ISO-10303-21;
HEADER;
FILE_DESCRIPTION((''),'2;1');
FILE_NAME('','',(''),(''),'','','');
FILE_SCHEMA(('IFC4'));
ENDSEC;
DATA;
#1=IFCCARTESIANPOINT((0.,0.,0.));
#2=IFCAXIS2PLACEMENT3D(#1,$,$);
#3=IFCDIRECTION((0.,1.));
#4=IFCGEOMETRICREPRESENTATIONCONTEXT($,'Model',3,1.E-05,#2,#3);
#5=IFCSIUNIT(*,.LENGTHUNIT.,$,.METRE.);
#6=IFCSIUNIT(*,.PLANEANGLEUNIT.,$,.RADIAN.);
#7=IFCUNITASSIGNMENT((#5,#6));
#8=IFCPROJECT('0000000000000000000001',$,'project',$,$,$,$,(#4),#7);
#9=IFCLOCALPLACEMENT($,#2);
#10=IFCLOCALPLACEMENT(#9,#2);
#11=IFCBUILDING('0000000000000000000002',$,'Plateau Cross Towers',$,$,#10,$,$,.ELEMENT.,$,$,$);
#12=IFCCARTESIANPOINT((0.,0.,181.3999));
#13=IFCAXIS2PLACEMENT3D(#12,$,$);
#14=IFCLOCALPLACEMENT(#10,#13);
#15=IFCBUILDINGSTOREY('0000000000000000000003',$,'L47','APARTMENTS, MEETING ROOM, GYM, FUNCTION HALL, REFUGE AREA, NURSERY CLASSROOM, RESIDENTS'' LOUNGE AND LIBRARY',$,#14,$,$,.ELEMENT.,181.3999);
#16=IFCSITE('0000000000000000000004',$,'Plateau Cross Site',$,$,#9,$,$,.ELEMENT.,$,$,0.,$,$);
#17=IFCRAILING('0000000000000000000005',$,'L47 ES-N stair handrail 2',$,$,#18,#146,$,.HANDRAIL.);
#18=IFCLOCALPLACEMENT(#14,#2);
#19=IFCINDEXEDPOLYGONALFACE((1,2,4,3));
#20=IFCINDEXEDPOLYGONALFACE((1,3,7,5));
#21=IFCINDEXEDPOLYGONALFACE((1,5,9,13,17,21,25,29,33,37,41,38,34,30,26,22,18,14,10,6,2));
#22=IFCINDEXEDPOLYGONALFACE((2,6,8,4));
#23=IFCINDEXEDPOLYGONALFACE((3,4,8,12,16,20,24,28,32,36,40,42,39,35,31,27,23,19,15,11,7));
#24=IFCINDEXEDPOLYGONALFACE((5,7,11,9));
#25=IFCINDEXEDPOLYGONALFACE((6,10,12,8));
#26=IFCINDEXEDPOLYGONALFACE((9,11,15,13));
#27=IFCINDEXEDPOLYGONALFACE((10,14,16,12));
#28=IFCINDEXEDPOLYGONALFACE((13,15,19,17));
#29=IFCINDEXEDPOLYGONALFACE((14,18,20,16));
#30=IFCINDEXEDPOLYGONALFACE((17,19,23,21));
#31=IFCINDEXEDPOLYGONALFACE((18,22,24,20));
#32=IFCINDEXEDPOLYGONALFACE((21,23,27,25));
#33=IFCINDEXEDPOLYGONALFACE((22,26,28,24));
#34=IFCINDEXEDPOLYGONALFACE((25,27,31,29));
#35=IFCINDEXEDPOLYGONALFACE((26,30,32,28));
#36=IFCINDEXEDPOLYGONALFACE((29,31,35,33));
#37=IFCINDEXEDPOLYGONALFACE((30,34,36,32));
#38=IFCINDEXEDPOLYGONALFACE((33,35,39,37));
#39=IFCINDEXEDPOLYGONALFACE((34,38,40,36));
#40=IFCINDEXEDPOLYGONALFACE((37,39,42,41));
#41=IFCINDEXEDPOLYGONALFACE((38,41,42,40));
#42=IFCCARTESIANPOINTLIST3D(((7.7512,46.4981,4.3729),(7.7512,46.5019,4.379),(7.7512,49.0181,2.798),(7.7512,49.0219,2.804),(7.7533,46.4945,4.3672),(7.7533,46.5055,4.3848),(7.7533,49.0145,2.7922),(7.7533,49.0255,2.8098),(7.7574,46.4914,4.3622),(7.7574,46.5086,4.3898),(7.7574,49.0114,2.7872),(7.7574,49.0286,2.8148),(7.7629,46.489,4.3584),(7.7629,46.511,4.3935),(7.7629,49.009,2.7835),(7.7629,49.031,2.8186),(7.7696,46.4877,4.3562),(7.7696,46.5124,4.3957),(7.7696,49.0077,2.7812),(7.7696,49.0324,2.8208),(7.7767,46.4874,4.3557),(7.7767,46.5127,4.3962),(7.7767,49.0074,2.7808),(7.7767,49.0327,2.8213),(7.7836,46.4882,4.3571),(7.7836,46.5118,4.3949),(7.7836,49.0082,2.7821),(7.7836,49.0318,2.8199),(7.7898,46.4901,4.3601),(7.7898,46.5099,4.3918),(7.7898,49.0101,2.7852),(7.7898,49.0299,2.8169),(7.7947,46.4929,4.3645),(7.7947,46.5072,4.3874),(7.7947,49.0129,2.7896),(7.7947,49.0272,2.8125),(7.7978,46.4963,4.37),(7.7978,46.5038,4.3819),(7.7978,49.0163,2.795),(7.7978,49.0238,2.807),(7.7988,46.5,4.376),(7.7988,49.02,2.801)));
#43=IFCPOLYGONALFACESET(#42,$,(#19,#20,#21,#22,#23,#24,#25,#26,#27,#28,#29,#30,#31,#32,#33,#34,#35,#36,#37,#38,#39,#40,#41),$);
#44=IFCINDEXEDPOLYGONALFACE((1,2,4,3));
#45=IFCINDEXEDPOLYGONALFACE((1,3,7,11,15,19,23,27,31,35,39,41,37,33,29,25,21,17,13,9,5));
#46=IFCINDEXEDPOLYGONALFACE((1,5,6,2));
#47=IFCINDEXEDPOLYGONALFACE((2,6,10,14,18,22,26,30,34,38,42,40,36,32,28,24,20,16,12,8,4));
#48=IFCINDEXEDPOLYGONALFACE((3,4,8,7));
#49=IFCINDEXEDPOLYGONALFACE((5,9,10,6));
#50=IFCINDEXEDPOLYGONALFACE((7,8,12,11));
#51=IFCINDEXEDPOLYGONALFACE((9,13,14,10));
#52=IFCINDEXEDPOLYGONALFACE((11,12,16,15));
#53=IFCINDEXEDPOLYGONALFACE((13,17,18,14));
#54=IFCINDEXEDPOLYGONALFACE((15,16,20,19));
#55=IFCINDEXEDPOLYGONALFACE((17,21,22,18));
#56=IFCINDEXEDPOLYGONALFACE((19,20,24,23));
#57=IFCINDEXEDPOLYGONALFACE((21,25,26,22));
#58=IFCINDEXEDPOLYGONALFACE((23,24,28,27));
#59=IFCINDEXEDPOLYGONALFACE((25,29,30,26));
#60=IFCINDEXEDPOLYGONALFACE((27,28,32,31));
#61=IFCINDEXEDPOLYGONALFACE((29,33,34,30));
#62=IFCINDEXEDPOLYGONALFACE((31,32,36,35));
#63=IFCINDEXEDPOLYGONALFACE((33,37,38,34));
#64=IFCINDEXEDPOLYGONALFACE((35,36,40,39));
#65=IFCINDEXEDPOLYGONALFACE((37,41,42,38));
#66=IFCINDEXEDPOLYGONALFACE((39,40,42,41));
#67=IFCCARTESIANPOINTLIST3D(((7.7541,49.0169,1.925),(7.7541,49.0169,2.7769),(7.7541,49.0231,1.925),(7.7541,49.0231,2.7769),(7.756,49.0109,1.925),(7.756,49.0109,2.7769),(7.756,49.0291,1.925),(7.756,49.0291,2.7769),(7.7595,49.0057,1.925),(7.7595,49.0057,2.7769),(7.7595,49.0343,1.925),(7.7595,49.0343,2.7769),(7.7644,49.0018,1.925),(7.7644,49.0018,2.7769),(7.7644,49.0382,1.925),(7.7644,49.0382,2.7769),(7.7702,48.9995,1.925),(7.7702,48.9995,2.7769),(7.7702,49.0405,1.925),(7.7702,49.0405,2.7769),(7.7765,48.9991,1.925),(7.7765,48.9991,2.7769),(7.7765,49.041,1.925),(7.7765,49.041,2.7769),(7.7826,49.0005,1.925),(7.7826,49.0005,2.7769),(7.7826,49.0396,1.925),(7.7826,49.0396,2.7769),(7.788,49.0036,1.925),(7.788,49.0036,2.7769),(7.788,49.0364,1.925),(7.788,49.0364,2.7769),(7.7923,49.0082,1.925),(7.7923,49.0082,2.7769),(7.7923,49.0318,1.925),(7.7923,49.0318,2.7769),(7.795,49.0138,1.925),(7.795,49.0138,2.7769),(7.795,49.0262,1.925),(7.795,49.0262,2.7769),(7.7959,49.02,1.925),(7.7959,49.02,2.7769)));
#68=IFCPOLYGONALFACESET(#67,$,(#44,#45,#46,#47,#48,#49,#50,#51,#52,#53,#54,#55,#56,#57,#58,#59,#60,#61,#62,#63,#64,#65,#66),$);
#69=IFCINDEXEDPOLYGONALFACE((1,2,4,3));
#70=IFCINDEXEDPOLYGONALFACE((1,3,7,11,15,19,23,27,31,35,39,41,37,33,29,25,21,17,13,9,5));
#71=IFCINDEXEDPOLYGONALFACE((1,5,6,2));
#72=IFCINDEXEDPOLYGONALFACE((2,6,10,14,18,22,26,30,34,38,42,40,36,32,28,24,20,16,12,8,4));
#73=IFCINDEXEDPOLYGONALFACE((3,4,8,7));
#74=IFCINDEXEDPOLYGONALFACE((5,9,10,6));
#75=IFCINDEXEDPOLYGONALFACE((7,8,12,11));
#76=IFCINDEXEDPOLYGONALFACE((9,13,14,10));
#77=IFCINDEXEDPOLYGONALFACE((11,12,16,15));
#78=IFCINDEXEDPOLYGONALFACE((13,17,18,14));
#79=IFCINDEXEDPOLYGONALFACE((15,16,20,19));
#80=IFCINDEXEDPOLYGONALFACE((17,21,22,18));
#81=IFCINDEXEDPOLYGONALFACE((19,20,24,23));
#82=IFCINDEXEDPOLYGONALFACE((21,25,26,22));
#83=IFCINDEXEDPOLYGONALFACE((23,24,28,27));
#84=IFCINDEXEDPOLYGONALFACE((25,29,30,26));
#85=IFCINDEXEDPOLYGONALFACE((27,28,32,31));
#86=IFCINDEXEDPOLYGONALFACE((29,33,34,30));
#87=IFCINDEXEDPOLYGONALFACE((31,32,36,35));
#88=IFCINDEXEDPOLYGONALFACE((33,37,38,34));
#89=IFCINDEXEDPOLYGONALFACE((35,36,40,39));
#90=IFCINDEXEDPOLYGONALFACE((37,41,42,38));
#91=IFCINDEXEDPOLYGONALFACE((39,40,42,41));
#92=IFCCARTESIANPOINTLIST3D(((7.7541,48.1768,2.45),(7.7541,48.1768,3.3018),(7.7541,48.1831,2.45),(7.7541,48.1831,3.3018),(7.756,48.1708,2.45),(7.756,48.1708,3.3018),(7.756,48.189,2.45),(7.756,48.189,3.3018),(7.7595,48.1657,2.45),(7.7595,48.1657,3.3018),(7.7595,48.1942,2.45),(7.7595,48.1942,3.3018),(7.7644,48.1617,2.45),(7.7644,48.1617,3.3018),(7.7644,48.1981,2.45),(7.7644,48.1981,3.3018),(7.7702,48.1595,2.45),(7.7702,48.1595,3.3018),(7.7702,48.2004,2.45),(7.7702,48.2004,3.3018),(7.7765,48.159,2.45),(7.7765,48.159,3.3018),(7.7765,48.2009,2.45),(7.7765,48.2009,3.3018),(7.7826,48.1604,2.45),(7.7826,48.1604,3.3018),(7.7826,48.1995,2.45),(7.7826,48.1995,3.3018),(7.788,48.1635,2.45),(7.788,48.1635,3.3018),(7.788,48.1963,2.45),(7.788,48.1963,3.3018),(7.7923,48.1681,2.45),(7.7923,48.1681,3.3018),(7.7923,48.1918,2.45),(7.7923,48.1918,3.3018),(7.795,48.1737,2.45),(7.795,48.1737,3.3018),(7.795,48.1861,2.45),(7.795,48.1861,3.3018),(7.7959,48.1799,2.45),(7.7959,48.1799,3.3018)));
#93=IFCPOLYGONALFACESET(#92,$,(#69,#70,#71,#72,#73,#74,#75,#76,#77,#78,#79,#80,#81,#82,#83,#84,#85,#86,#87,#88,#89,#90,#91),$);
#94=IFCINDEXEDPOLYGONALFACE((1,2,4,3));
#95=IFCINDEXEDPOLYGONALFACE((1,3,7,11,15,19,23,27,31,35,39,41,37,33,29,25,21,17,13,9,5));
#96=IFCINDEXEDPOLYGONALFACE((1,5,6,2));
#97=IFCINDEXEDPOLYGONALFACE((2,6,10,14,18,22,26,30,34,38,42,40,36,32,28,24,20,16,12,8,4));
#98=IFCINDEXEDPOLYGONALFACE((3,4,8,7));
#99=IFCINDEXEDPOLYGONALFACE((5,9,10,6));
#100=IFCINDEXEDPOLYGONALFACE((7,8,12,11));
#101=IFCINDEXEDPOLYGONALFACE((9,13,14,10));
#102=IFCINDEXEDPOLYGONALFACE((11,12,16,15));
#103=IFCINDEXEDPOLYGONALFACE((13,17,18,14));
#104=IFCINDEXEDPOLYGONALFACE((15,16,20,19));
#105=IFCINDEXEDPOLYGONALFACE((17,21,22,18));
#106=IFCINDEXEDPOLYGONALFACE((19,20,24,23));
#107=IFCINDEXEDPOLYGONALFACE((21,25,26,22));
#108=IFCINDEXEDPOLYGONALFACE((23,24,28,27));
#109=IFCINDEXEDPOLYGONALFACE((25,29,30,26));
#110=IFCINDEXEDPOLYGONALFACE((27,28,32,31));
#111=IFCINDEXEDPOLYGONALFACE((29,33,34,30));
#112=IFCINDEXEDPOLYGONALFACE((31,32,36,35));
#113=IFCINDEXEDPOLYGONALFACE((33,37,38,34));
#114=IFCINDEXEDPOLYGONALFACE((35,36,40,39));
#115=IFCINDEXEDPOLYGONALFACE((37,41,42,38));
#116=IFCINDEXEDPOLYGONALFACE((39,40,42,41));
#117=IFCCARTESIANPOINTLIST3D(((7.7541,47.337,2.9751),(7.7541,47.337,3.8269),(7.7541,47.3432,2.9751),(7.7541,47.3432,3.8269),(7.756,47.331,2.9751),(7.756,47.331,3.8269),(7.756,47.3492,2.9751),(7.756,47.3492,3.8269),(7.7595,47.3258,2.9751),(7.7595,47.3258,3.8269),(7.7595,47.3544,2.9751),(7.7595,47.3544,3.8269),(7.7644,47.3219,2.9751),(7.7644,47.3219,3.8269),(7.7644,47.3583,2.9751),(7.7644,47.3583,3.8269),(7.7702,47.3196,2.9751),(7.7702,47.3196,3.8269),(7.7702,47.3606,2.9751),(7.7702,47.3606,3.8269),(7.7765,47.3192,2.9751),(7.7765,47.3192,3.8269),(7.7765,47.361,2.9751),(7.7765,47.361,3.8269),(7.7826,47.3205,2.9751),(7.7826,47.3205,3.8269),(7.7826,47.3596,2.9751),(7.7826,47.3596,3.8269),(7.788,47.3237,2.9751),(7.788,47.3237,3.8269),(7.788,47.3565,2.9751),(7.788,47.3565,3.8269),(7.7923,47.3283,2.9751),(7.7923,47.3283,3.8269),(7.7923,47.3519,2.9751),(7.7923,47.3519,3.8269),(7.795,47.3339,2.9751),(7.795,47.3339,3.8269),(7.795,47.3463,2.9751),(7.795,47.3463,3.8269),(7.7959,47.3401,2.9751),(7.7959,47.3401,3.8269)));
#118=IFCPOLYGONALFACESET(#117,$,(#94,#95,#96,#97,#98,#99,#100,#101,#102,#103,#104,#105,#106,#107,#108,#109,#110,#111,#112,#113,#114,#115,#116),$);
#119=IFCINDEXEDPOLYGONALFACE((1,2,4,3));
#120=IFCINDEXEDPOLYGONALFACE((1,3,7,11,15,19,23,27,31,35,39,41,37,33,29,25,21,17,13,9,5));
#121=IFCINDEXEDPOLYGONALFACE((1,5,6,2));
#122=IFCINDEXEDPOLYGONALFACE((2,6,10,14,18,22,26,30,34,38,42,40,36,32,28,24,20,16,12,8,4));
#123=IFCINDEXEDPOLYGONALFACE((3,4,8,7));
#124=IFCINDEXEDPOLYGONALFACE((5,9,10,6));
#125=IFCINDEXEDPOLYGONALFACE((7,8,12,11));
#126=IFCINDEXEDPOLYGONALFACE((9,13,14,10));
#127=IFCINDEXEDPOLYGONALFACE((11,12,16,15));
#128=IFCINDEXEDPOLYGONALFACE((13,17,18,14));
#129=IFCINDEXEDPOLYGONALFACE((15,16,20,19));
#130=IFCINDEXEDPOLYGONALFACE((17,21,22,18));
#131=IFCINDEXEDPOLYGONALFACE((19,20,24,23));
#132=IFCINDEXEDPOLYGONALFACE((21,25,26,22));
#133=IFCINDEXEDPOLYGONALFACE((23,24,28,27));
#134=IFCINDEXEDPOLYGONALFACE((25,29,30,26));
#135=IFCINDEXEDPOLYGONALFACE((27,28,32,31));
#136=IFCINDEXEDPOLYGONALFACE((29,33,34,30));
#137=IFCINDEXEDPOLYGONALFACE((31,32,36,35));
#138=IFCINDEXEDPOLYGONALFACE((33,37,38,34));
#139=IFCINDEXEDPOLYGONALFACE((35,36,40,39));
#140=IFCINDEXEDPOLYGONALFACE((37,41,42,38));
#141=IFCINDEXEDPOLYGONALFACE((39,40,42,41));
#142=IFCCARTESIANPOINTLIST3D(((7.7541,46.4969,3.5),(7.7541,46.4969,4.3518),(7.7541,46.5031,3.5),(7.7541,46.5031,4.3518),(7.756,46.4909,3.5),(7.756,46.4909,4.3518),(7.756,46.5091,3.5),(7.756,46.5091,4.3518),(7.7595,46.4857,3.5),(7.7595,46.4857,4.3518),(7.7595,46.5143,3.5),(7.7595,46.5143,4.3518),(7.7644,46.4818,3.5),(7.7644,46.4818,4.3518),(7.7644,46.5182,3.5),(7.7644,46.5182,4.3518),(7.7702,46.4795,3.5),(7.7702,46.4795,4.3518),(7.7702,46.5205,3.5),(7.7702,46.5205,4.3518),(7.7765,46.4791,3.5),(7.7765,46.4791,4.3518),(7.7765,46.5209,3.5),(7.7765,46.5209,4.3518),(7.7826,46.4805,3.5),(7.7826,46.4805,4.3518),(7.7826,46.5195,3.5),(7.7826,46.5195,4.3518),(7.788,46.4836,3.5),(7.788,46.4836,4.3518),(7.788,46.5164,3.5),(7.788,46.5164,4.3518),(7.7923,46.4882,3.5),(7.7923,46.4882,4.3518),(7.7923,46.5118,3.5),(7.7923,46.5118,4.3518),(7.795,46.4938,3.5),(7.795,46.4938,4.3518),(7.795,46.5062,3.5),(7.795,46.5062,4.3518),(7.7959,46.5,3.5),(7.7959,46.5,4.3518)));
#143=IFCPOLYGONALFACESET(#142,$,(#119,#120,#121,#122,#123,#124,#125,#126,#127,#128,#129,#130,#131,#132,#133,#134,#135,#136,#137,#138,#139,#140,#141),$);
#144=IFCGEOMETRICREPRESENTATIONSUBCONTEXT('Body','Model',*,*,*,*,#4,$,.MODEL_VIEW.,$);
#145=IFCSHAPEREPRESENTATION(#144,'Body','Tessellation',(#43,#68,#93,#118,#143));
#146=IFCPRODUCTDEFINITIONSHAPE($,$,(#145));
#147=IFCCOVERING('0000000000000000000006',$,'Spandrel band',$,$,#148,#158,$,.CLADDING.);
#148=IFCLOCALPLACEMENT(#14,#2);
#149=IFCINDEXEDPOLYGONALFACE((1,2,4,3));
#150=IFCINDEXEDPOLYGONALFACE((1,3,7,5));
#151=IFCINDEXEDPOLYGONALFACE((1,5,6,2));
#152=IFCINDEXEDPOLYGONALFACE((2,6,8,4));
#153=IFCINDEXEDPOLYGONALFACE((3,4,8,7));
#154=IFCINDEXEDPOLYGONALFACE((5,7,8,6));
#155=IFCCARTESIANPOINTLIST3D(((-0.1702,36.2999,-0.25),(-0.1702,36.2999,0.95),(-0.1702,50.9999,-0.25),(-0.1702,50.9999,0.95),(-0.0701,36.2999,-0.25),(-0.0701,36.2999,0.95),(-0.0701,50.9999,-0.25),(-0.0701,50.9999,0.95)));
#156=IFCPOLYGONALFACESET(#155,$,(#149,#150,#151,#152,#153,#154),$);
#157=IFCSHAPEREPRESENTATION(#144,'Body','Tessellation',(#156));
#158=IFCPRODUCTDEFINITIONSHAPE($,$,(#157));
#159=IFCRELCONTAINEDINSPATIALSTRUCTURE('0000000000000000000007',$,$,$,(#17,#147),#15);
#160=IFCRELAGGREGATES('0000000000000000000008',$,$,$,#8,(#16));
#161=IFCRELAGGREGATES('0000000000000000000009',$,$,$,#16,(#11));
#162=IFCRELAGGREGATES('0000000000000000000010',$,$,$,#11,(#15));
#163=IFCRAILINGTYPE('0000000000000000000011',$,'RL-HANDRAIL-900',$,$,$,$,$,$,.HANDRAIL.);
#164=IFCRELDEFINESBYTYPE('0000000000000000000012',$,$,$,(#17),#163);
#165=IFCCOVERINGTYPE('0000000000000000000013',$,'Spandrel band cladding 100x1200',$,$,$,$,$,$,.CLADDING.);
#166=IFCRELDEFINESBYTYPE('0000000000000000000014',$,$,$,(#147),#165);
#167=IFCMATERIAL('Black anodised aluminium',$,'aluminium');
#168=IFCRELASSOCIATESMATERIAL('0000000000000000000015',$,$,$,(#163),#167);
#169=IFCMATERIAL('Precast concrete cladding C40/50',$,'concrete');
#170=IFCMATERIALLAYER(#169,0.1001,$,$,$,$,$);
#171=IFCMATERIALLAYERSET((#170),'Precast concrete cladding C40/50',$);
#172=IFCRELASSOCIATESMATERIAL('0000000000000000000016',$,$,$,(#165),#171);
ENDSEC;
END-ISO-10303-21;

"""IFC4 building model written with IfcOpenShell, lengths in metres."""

from ifc_helpers import new_model, si_unit, direction, frame, origin, origin_2d, place, context, subcontext, project, spatial, rectangle, circle, extrude, material, layer, layer_set, type_object, element, save


model = new_model("IFC4")

# Units and contexts
model_context = context("Model", 3, precision=1e-05, world=origin(), true_north=direction((0.0, 1.0)))
body_context = subcontext(model_context, "Body", "Model", "MODEL_VIEW")
ifc_project = project(units=[si_unit("LENGTHUNIT", "METRE"), si_unit("PLANEANGLEUNIT", "RADIAN")], contexts=[model_context])

# Site, building, storey
site_placement = place(None, origin())
site = spatial("IfcSite", under=ifc_project, at=site_placement, Name="Plateau Cross Site", CompositionType="ELEMENT", RefElevation=0.0)
building_placement = place(site_placement, origin())
building = spatial("IfcBuilding", under=site, at=building_placement, Name="Plateau Cross Towers", CompositionType="ELEMENT")
storey_placement = place(building_placement, frame((0.0, 0.0, 181.3999)))
storey = spatial("IfcBuildingStorey", under=building, at=storey_placement, Name="L47", Description="APARTMENTS, MEETING ROOM, GYM, FUNCTION HALL, REFUGE AREA, NURSERY CLASSROOM, RESIDENTS' LOUNGE AND LIBRARY", CompositionType="ELEMENT", Elevation=181.3999)

# Shared definitions
ifc_material_1 = material(Name="Black anodised aluminium", Category="aluminium")

# Railing
railing_type_1 = type_object("IfcRailingType", Name="RL-HANDRAIL-900", PredefinedType="HANDRAIL", material=ifc_material_1)
railing_1_placement = place(storey_placement, frame((7.7749, 49.02, 1.925)))
element("IfcRailing", 1, at=railing_1_placement, inside=storey, type_object=railing_type_1, Name="L47 ES-N stair handrail 2", PredefinedType="HANDRAIL", context=body_context, shape_type="SweptSolid", body=[
    extrude(circle(Radius=0.0239, at=origin_2d()), frame((0.0, 0.0, 0.876), z_axis=(0.0, -0.848008, 0.529984), x_axis=(1.0, 0.0, 0.0)), (0.0, 0.0, 1.0), 2.9717),
    extrude(circle(Radius=0.021, at=origin_2d()), origin(), (0.0, 0.0, 1.0), 0.8518),
    extrude(circle(Radius=0.021, at=origin_2d()), frame((0.0, -0.8401, 0.5249)), (0.0, 0.0, 1.0), 0.8518),
    extrude(circle(Radius=0.021, at=origin_2d()), frame((0.0, -1.6799, 1.05)), (0.0, 0.0, 1.0), 0.8518),
    extrude(circle(Radius=0.021, at=origin_2d()), frame((0.0, -2.52, 1.575)), (0.0, 0.0, 1.0), 0.8518),
])

# Covering
ifc_material_2 = material(Name="Precast concrete cladding C40/50", Category="concrete")
ifc_layer_1 = layer(ifc_material_2, 0.1001)
ifc_layer_set_1 = layer_set([ifc_layer_1], Name="Precast concrete cladding C40/50")
covering_type = type_object("IfcCoveringType", Name="Spandrel band cladding 100x1200", PredefinedType="CLADDING", material=ifc_layer_set_1)
covering_placement = place(storey_placement, frame((-0.1201, 43.6499, -0.25), z_axis=(0.0, 0.0, 1.0), x_axis=(0.0, -1.0, 0.0)))
element("IfcCovering", 2, at=covering_placement, inside=storey, type_object=covering_type, Name="Spandrel band", PredefinedType="CLADDING", context=body_context, shape_type="SweptSolid", body=[
    extrude(rectangle(XDim=14.7, YDim=0.1001, at=origin_2d()), origin(), (0.0, 0.0, 1.0), 1.2),
])

save(model, "model.ifc")
